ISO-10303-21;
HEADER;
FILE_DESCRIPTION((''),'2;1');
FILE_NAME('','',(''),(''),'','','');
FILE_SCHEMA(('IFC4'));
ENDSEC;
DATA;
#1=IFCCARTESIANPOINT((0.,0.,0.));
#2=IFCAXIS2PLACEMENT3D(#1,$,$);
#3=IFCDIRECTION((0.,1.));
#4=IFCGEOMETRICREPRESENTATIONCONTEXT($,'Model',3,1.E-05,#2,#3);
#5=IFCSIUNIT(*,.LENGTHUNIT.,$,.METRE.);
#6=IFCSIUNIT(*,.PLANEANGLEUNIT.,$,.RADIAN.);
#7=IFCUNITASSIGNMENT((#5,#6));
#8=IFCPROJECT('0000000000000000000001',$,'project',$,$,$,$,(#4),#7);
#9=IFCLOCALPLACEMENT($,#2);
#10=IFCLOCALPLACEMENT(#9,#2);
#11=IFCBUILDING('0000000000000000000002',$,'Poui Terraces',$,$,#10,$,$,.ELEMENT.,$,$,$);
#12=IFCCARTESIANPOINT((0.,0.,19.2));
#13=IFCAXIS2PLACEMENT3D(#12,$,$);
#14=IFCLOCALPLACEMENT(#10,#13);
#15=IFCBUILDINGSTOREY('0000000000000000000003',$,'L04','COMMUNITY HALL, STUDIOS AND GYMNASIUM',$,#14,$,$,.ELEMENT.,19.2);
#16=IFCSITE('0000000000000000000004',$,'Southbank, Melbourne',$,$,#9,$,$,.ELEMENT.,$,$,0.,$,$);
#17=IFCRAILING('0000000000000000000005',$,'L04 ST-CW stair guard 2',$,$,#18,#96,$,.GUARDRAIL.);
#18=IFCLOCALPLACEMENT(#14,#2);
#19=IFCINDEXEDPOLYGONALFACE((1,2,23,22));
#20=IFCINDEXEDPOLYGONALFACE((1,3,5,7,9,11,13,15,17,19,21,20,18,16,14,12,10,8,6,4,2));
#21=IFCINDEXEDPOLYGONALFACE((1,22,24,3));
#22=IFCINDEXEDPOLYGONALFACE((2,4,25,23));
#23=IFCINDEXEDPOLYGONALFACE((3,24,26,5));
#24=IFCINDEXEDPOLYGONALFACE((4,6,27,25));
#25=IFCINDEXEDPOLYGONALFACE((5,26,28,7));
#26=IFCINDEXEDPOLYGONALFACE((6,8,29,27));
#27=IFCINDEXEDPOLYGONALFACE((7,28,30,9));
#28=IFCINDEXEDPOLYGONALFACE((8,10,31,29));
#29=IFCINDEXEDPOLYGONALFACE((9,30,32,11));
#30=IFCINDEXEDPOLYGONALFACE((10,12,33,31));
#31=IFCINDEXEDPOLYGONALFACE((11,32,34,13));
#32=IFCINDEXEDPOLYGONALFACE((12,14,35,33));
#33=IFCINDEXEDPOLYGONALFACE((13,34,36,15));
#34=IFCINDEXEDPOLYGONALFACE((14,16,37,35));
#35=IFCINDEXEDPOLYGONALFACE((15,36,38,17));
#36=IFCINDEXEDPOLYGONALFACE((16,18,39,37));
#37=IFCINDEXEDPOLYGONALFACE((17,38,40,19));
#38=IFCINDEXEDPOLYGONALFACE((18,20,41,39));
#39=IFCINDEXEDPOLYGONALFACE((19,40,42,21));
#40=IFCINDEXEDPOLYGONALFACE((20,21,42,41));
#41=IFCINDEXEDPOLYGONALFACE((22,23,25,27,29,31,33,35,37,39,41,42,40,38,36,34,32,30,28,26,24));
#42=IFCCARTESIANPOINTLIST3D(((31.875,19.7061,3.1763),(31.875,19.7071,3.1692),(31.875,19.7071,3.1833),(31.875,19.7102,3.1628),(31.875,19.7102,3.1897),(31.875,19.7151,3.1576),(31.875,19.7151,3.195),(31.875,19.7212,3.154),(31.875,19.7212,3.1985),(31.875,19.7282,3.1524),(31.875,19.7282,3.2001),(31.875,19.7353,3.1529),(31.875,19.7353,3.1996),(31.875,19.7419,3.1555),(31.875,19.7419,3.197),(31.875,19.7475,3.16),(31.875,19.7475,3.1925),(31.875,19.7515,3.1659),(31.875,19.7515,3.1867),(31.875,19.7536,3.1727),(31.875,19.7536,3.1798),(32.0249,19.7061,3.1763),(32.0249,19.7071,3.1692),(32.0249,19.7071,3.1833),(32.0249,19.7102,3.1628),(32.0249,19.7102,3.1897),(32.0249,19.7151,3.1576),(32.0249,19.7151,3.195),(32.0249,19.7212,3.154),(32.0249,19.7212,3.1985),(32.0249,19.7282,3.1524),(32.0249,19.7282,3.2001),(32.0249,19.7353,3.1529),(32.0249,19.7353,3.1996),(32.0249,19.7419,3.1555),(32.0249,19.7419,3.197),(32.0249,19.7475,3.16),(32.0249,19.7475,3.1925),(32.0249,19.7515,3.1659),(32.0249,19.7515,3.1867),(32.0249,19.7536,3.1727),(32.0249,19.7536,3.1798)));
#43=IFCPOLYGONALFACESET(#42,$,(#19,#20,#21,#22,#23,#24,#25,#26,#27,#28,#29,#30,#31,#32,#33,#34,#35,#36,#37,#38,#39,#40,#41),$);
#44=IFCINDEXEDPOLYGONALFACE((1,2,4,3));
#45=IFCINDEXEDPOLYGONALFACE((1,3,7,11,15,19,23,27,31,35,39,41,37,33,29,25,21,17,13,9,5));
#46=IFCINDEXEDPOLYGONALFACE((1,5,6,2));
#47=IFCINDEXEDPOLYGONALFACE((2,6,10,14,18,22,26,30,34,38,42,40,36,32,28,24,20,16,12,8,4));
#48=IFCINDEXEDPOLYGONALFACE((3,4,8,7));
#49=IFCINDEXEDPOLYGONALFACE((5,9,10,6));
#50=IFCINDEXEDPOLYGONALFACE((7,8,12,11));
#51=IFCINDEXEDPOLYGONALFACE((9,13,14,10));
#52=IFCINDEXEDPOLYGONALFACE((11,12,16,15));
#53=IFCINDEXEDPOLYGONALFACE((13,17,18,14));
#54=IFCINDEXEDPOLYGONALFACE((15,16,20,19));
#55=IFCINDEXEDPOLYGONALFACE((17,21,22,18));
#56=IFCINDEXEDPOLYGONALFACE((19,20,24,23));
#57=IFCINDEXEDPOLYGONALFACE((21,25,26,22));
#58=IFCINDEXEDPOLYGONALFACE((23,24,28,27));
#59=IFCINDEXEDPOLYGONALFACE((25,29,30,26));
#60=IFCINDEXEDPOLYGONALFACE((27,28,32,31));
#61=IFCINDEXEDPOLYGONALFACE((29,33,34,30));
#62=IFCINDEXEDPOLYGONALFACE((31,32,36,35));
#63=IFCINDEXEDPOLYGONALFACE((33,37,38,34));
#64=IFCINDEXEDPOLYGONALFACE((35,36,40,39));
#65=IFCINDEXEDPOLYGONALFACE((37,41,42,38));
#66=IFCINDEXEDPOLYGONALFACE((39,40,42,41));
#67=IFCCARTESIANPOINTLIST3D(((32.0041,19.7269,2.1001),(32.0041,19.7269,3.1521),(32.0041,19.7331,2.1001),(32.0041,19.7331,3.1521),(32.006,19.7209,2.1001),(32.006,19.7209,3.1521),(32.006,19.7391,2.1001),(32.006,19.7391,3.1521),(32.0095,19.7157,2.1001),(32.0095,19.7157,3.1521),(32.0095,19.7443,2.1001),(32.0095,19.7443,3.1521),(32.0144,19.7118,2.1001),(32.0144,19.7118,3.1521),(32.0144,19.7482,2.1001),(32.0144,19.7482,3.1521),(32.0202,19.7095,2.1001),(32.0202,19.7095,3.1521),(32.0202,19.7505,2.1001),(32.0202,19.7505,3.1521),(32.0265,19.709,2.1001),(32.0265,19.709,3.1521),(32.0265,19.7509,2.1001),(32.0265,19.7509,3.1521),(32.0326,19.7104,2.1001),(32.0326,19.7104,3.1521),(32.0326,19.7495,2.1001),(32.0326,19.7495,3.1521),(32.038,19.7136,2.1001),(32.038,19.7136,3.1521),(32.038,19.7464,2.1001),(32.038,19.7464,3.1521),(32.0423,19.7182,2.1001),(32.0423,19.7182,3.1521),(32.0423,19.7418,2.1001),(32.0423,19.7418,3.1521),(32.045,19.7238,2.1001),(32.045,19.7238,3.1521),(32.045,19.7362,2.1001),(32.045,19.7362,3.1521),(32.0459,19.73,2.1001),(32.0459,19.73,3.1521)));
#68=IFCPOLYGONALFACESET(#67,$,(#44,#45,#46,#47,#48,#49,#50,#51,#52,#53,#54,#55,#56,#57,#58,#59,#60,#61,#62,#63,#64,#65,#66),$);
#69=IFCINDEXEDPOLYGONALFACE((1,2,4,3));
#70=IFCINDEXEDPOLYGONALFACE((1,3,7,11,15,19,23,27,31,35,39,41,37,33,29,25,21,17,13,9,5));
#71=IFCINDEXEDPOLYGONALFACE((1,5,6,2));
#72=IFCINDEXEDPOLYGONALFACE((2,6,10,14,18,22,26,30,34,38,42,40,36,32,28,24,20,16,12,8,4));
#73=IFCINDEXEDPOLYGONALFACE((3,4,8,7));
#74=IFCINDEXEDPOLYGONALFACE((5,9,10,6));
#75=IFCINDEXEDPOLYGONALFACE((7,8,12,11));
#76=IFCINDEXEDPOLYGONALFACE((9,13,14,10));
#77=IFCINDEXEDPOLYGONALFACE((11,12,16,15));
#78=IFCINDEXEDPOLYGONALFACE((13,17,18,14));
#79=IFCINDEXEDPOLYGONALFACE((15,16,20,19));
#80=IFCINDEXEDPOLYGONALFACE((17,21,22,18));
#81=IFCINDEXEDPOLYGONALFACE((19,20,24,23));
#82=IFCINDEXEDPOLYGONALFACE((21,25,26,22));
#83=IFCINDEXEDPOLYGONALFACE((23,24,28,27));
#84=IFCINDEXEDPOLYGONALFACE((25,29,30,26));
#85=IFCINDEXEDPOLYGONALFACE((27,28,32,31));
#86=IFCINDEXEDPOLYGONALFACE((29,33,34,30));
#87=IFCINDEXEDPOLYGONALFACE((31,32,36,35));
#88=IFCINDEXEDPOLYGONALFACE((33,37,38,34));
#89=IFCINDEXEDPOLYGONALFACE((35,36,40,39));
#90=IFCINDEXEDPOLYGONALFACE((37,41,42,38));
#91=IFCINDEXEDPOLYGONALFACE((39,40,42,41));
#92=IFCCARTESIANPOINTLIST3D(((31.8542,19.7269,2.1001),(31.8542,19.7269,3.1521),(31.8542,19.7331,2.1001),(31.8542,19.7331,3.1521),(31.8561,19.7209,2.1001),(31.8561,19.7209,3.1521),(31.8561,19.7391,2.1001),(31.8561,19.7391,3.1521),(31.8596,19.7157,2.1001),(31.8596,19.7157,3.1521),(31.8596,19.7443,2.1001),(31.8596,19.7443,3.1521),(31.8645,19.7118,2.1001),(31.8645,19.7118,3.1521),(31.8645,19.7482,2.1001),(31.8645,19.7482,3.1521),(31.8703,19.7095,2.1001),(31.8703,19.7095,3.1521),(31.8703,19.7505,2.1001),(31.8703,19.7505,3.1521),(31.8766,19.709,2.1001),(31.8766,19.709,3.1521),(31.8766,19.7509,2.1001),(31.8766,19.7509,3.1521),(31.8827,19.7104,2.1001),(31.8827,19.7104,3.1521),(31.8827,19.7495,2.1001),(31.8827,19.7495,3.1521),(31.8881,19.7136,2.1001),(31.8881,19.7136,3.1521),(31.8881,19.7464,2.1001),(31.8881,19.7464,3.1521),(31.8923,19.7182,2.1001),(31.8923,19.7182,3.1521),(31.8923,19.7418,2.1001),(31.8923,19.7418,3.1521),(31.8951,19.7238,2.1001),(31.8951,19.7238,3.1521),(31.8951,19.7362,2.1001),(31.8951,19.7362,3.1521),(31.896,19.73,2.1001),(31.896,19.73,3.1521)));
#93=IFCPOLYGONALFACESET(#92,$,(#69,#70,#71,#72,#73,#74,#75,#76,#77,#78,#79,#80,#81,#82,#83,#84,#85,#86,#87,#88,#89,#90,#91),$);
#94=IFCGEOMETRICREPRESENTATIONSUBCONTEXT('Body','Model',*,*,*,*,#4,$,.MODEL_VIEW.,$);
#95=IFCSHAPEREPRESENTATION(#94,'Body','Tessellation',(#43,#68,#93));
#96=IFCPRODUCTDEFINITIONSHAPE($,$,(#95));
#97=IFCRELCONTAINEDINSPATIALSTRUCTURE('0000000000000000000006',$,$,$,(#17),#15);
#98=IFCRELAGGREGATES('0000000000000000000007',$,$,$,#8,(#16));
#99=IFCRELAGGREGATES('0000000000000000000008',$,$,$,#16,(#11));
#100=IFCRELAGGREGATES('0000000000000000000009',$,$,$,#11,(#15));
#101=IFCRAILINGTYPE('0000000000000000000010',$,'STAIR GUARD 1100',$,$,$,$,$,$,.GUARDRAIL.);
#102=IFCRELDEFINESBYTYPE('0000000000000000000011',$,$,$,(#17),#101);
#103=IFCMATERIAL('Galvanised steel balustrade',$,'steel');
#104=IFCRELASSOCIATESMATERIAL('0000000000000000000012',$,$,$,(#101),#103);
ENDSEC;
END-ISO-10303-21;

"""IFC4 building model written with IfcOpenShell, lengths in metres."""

from ifc_helpers import new_model, si_unit, direction, frame, origin, origin_2d, place, context, subcontext, project, spatial, circle, extrude, material, type_object, element, save


model = new_model("IFC4")

# Units and contexts
model_context = context("Model", 3, precision=1e-05, world=origin(), true_north=direction((0.0, 1.0)))
body_context = subcontext(model_context, "Body", "Model", "MODEL_VIEW")
ifc_project = project(units=[si_unit("LENGTHUNIT", "METRE"), si_unit("PLANEANGLEUNIT", "RADIAN")], contexts=[model_context])

# Site, building, storey
site_placement = place(None, origin())
site = spatial("IfcSite", under=ifc_project, at=site_placement, Name="Southbank, Melbourne", CompositionType="ELEMENT", RefElevation=0.0)
building_placement = place(site_placement, origin())
building = spatial("IfcBuilding", under=site, at=building_placement, Name="Poui Terraces", CompositionType="ELEMENT")
storey_placement = place(building_placement, frame((0.0, 0.0, 19.2)))
storey = spatial("IfcBuildingStorey", under=building, at=storey_placement, Name="L04", Description="COMMUNITY HALL, STUDIOS AND GYMNASIUM", CompositionType="ELEMENT", Elevation=19.2)

# Railing
ifc_material_1 = material(Name="Galvanised steel balustrade", Category="steel")
railing_type_1 = type_object("IfcRailingType", Name="STAIR GUARD 1100", PredefinedType="GUARDRAIL", material=ifc_material_1)
railing_1_placement = place(storey_placement, frame((32.0249, 19.73, 2.1001)))
element("IfcRailing", 1, at=railing_1_placement, inside=storey, type_object=railing_type_1, Name="L04 ST-CW stair guard 2", PredefinedType="GUARDRAIL", context=body_context, shape_type="SweptSolid", body=[
    extrude(circle(Radius=0.0239, at=origin_2d()), frame((0.0, 0.0, 1.0762), z_axis=(-1.0, 0.0, 0.0), x_axis=(0.0, -1.0, 0.0)), (0.0, 0.0, 1.0), 0.1499),
    extrude(circle(Radius=0.021, at=origin_2d()), origin(), (0.0, 0.0, 1.0), 1.052),
    extrude(circle(Radius=0.021, at=origin_2d()), frame((-0.1499, 0.0, 0.0)), (0.0, 0.0, 1.0), 1.052),
])

save(model, "model.ifc")
